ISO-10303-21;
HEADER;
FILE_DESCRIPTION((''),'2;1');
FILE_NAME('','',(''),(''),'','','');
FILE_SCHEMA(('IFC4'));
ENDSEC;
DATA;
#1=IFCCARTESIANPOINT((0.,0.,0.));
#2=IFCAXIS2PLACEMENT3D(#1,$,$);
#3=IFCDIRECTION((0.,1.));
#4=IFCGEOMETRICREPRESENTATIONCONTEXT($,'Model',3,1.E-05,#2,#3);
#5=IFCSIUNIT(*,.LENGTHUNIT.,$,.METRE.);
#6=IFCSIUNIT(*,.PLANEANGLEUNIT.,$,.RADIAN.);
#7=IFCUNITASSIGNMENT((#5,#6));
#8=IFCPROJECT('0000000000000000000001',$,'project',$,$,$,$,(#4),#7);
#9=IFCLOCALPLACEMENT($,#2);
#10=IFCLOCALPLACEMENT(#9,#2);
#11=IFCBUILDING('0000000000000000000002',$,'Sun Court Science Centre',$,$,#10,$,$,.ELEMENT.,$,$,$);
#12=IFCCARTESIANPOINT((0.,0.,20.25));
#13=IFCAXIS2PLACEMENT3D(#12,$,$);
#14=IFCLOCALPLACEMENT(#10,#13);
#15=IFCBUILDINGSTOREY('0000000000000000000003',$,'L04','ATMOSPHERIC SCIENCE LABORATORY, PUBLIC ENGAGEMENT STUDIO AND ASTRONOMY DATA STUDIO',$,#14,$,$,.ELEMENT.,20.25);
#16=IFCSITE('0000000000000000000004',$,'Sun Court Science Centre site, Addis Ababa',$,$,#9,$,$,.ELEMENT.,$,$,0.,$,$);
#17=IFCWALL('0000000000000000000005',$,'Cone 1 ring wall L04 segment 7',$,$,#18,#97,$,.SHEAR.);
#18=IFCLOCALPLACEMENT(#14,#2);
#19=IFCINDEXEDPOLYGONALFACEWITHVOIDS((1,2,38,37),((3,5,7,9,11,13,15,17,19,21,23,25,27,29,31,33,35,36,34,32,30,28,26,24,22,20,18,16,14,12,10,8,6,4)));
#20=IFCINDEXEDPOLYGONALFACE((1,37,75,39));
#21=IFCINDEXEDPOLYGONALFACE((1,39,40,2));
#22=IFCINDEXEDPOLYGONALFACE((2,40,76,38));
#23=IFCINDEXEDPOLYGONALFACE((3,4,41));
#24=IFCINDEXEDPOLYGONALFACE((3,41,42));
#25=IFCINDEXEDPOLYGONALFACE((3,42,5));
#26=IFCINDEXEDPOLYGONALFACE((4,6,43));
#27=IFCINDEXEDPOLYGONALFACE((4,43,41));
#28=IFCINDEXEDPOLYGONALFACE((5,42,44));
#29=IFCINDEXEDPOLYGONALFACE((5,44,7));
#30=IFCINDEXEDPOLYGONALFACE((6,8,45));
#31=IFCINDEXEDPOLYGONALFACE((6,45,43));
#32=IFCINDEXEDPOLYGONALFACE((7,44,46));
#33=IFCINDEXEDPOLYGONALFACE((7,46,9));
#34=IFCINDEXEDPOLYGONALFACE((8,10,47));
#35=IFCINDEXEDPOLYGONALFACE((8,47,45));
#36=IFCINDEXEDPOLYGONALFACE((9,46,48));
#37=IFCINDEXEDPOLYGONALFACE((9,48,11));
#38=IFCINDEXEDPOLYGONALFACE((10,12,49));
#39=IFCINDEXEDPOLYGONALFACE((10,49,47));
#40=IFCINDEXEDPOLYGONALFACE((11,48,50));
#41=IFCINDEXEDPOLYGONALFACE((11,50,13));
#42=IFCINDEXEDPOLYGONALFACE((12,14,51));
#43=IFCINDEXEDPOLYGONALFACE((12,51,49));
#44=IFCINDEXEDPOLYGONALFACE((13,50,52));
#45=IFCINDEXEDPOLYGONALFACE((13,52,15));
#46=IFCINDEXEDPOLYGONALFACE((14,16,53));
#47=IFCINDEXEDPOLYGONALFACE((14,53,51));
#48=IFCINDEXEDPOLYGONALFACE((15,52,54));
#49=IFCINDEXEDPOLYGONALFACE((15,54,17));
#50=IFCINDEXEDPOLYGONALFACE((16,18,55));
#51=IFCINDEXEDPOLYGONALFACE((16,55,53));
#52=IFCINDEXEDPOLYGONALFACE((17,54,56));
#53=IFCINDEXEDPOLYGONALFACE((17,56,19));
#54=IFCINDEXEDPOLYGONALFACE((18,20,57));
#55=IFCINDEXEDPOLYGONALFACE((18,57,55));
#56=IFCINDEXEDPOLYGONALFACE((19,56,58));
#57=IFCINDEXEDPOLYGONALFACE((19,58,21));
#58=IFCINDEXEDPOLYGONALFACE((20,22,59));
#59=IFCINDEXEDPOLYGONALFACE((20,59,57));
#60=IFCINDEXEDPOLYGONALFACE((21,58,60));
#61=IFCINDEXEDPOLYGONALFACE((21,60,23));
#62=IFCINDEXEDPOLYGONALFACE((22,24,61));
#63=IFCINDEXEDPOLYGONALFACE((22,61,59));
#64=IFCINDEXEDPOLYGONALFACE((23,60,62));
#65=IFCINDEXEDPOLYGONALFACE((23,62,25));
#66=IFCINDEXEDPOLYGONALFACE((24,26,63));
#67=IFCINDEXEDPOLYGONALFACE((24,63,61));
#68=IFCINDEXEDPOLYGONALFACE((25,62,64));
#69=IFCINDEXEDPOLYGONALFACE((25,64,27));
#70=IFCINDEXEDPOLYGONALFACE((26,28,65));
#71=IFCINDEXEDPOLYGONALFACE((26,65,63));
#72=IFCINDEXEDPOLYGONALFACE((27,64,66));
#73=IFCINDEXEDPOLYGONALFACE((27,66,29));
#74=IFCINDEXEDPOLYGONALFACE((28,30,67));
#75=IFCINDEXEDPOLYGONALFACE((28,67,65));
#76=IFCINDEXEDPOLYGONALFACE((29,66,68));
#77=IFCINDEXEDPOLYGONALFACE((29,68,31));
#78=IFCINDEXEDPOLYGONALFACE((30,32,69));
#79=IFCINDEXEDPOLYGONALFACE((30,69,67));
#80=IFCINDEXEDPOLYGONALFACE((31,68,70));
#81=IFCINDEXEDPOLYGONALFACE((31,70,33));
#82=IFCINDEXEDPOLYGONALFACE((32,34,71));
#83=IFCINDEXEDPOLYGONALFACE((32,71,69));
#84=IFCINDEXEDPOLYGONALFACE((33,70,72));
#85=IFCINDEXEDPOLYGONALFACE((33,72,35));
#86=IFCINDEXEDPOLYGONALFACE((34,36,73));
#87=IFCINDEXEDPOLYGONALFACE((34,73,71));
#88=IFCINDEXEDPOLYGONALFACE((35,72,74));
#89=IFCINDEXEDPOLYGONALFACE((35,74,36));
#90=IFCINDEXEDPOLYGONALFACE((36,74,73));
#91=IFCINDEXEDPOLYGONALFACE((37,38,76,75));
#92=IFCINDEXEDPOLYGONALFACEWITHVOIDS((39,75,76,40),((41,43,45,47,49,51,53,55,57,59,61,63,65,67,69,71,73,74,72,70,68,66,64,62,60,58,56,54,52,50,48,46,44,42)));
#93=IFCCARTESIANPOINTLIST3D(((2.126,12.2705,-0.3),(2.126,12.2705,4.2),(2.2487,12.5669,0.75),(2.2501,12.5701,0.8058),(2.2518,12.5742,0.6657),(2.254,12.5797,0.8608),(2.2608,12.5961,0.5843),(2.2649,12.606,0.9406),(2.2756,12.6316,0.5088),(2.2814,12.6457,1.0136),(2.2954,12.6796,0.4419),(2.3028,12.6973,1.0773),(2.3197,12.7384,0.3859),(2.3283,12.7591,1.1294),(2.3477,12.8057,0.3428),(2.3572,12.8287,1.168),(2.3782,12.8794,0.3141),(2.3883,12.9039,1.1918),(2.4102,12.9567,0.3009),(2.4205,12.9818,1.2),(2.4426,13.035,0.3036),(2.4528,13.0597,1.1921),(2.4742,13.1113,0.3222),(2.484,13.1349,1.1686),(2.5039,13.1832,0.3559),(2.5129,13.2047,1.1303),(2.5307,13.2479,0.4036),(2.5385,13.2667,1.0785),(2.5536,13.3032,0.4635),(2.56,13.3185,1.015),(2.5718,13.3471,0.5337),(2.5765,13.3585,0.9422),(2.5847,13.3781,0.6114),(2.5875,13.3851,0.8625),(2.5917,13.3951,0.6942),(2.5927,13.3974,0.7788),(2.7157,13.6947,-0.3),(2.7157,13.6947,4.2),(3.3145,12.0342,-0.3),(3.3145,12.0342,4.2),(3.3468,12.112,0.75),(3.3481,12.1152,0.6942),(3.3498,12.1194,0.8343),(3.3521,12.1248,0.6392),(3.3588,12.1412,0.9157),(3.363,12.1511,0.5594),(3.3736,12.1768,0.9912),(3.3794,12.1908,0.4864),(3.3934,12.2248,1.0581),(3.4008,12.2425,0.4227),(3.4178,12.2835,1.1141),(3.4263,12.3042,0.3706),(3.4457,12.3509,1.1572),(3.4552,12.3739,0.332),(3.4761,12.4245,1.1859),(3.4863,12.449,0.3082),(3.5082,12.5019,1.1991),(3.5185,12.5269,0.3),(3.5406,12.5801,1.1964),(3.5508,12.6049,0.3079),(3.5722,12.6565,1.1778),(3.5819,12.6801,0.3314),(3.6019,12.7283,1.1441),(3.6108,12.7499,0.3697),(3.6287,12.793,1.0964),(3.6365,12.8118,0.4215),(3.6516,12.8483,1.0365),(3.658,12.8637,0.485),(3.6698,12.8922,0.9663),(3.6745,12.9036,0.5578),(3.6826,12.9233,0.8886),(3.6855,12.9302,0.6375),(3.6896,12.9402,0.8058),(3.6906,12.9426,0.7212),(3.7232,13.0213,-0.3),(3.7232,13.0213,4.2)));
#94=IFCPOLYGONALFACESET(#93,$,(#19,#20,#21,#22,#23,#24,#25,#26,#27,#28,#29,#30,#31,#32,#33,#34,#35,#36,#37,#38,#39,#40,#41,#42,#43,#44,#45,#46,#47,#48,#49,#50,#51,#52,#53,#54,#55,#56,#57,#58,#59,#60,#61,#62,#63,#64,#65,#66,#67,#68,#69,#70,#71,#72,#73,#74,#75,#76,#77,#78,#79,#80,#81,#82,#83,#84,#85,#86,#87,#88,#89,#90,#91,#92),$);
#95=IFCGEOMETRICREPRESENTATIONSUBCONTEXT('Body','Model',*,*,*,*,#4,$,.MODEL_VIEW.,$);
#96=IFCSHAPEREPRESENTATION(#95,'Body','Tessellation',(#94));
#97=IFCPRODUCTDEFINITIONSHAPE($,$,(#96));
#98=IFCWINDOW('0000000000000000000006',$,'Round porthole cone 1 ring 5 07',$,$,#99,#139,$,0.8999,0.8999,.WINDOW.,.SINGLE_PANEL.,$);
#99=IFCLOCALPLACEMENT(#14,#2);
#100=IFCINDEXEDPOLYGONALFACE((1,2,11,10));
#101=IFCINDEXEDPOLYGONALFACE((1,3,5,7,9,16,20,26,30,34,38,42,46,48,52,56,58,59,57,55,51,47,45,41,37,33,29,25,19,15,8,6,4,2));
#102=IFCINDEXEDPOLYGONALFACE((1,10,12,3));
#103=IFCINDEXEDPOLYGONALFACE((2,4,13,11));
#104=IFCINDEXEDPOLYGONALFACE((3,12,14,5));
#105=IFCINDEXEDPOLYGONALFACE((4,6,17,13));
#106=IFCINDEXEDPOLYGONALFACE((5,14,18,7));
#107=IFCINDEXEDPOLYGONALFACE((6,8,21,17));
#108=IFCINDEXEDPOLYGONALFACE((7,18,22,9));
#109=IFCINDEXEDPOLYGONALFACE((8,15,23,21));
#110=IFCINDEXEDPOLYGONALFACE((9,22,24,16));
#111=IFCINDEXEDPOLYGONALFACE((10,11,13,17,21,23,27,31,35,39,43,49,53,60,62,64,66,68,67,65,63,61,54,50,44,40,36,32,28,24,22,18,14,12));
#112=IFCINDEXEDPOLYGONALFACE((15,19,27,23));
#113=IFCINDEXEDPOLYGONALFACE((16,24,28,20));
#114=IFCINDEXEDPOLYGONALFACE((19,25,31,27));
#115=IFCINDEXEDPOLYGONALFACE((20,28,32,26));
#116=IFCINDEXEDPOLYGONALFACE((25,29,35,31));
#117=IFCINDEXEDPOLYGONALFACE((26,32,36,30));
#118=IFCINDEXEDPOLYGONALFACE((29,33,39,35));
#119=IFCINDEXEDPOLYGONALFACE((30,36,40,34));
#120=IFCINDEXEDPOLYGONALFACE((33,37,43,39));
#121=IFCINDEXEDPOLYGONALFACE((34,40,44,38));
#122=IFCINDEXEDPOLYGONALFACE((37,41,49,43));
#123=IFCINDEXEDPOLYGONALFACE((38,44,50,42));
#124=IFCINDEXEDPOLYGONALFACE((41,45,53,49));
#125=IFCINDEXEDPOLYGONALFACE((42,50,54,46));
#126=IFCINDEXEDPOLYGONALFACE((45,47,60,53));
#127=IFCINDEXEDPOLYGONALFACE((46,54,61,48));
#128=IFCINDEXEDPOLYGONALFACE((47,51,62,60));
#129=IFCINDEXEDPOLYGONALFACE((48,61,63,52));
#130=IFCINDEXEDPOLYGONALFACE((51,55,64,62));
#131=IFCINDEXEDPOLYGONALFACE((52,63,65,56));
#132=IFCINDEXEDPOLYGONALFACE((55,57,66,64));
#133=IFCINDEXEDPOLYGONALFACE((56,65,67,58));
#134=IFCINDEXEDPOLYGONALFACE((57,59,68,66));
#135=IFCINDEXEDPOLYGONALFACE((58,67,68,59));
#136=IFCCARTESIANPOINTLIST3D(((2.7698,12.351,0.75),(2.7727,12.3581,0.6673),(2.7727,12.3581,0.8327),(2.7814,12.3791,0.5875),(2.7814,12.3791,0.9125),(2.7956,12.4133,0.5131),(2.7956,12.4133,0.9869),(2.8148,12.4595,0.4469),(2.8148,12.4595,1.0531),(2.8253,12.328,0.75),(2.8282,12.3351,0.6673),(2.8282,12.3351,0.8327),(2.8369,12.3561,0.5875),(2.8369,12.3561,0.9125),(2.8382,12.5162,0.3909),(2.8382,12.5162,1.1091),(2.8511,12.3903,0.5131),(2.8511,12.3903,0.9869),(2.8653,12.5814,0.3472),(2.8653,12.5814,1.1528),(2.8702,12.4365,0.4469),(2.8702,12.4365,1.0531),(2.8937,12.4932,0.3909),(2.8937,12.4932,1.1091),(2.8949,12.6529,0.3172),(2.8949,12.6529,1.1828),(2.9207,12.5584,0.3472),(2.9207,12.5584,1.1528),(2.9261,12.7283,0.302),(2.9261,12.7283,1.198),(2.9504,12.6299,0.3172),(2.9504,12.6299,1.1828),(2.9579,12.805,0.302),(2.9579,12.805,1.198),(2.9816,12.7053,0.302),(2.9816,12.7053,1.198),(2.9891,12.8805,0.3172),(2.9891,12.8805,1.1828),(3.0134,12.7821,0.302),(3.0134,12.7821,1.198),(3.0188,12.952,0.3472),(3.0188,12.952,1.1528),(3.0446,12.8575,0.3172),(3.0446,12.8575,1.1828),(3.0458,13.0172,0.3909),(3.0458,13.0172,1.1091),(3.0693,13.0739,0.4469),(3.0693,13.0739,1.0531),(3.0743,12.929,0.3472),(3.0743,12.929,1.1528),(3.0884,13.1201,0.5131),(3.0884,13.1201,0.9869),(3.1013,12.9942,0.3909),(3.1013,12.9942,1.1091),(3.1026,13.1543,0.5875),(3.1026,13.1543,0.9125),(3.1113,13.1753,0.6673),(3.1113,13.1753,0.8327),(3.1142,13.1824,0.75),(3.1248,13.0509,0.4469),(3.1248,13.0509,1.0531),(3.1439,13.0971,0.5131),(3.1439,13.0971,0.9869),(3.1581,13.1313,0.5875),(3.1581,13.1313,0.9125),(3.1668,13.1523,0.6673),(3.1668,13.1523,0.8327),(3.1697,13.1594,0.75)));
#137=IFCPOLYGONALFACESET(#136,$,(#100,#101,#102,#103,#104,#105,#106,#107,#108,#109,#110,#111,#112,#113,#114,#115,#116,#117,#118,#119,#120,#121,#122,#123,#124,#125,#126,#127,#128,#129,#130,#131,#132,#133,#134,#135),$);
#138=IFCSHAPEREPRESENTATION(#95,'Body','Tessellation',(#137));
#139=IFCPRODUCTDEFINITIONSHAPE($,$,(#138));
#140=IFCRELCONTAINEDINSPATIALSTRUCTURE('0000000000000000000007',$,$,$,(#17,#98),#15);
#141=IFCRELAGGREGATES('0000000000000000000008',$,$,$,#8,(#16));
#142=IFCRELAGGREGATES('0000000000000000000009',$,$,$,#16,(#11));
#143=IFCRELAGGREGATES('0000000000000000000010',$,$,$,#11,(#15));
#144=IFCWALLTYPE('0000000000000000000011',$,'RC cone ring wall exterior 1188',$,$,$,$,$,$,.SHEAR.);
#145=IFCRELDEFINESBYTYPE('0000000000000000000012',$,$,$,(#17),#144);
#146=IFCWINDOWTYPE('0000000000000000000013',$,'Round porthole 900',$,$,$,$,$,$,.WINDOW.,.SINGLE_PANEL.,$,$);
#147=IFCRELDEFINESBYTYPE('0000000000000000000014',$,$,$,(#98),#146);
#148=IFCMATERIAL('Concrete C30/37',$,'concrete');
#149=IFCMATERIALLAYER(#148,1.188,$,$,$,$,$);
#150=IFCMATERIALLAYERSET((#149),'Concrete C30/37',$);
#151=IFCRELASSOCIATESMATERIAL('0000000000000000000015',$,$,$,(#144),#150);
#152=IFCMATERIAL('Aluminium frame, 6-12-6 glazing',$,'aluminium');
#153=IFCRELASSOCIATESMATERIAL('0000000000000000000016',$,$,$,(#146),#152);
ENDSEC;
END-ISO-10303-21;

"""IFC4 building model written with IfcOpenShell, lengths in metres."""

from ifc_helpers import new_model, si_unit, direction, frame, frame_2d, origin, place, context, subcontext, project, spatial, polyline, circle, outline, extrude, material, layer, layer_set, type_object, element, fill, save


model = new_model("IFC4")

# Units and contexts
model_context = context("Model", 3, precision=1e-05, world=origin(), true_north=direction((0.0, 1.0)))
body_context = subcontext(model_context, "Body", "Model", "MODEL_VIEW")
ifc_project = project(units=[si_unit("LENGTHUNIT", "METRE"), si_unit("PLANEANGLEUNIT", "RADIAN")], contexts=[model_context])

# Site, building, storey
site_placement = place(None, origin())
site = spatial("IfcSite", under=ifc_project, at=site_placement, Name="Sun Court Science Centre site, Addis Ababa", CompositionType="ELEMENT", RefElevation=0.0)
building_placement = place(site_placement, origin())
building = spatial("IfcBuilding", under=site, at=building_placement, Name="Sun Court Science Centre", CompositionType="ELEMENT")
storey_placement = place(building_placement, frame((0.0, 0.0, 20.25)))
storey = spatial("IfcBuildingStorey", under=building, at=storey_placement, Name="L04", Description="ATMOSPHERIC SCIENCE LABORATORY, PUBLIC ENGAGEMENT STUDIO AND ASTRONOMY DATA STUDIO", CompositionType="ELEMENT", Elevation=20.25)

# Wall, opening, window
ifc_material_1 = material(Name="Concrete C30/37", Category="concrete")
ifc_layer_1 = layer(ifc_material_1, 1.188)
ifc_layer_set_1 = layer_set([ifc_layer_1], Name="Concrete C30/37")
wall_type_1 = type_object("IfcWallType", Name="RC cone ring wall exterior 1188", PredefinedType="SHEAR", material=ifc_layer_set_1)
ifc_material_2 = material(Name="Aluminium frame, 6-12-6 glazing", Category="aluminium")
window_type = type_object("IfcWindowType", Name="Round porthole 900", PartitioningType="SINGLE_PANEL", PredefinedType="WINDOW", material=ifc_material_2)
wall_1_placement = place(storey_placement, frame((3.2646, 13.467, -0.3), z_axis=(0.0, 0.0, 1.0), x_axis=(-0.382725, -0.923862, 0.0)))
wall_1 = element("IfcWall", 1, at=wall_1_placement, inside=storey, type_object=wall_type_1, Name="Cone 1 ring wall L04 segment 7", PredefinedType="SHEAR", context=body_context, shape_type="SweptSolid", body=[
    extrude(outline(polyline([(-0.0002, -0.5942), (1.5413, -0.594), (1.3047, 0.5945), (0.2363, 0.5942), (-0.0002, -0.5942)])), origin(), (0.0, 0.0, 1.0), 4.5),
])
opening_1_placement = place(wall_1_placement, frame((0.3206, 0.0, 0.6001)))
opening_1 = element("IfcOpeningElement", 2, at=opening_1_placement, cuts=wall_1, PredefinedType="OPENING", context=body_context, shape_type="SweptSolid", body=[
    extrude(circle(Radius=0.45, at=frame_2d((0.45, 0.45))), frame((0.0, 0.6042, 0.0), z_axis=(0.0, -1.0, 0.0), x_axis=(1.0, 0.0, 0.0)), (0.0, 0.0, 1.0), 1.2085),
])
window_1_placement = place(opening_1_placement, origin())
window_1 = element("IfcWindow", 3, at=window_1_placement, inside=storey, type_object=window_type, Name="Round porthole cone 1 ring 5 07", OverallHeight=0.8999, OverallWidth=0.8999, PartitioningType="SINGLE_PANEL", PredefinedType="WINDOW", context=body_context, shape_type="SweptSolid", body=[
    extrude(circle(Radius=0.45, at=frame_2d((0.45, 0.45))), frame((0.0, 0.03, 0.0), z_axis=(0.0, -1.0, 0.0), x_axis=(1.0, 0.0, 0.0)), (0.0, 0.0, 1.0), 0.0601),
])
fill(opening_1, window_1)

save(model, "model.ifc")
